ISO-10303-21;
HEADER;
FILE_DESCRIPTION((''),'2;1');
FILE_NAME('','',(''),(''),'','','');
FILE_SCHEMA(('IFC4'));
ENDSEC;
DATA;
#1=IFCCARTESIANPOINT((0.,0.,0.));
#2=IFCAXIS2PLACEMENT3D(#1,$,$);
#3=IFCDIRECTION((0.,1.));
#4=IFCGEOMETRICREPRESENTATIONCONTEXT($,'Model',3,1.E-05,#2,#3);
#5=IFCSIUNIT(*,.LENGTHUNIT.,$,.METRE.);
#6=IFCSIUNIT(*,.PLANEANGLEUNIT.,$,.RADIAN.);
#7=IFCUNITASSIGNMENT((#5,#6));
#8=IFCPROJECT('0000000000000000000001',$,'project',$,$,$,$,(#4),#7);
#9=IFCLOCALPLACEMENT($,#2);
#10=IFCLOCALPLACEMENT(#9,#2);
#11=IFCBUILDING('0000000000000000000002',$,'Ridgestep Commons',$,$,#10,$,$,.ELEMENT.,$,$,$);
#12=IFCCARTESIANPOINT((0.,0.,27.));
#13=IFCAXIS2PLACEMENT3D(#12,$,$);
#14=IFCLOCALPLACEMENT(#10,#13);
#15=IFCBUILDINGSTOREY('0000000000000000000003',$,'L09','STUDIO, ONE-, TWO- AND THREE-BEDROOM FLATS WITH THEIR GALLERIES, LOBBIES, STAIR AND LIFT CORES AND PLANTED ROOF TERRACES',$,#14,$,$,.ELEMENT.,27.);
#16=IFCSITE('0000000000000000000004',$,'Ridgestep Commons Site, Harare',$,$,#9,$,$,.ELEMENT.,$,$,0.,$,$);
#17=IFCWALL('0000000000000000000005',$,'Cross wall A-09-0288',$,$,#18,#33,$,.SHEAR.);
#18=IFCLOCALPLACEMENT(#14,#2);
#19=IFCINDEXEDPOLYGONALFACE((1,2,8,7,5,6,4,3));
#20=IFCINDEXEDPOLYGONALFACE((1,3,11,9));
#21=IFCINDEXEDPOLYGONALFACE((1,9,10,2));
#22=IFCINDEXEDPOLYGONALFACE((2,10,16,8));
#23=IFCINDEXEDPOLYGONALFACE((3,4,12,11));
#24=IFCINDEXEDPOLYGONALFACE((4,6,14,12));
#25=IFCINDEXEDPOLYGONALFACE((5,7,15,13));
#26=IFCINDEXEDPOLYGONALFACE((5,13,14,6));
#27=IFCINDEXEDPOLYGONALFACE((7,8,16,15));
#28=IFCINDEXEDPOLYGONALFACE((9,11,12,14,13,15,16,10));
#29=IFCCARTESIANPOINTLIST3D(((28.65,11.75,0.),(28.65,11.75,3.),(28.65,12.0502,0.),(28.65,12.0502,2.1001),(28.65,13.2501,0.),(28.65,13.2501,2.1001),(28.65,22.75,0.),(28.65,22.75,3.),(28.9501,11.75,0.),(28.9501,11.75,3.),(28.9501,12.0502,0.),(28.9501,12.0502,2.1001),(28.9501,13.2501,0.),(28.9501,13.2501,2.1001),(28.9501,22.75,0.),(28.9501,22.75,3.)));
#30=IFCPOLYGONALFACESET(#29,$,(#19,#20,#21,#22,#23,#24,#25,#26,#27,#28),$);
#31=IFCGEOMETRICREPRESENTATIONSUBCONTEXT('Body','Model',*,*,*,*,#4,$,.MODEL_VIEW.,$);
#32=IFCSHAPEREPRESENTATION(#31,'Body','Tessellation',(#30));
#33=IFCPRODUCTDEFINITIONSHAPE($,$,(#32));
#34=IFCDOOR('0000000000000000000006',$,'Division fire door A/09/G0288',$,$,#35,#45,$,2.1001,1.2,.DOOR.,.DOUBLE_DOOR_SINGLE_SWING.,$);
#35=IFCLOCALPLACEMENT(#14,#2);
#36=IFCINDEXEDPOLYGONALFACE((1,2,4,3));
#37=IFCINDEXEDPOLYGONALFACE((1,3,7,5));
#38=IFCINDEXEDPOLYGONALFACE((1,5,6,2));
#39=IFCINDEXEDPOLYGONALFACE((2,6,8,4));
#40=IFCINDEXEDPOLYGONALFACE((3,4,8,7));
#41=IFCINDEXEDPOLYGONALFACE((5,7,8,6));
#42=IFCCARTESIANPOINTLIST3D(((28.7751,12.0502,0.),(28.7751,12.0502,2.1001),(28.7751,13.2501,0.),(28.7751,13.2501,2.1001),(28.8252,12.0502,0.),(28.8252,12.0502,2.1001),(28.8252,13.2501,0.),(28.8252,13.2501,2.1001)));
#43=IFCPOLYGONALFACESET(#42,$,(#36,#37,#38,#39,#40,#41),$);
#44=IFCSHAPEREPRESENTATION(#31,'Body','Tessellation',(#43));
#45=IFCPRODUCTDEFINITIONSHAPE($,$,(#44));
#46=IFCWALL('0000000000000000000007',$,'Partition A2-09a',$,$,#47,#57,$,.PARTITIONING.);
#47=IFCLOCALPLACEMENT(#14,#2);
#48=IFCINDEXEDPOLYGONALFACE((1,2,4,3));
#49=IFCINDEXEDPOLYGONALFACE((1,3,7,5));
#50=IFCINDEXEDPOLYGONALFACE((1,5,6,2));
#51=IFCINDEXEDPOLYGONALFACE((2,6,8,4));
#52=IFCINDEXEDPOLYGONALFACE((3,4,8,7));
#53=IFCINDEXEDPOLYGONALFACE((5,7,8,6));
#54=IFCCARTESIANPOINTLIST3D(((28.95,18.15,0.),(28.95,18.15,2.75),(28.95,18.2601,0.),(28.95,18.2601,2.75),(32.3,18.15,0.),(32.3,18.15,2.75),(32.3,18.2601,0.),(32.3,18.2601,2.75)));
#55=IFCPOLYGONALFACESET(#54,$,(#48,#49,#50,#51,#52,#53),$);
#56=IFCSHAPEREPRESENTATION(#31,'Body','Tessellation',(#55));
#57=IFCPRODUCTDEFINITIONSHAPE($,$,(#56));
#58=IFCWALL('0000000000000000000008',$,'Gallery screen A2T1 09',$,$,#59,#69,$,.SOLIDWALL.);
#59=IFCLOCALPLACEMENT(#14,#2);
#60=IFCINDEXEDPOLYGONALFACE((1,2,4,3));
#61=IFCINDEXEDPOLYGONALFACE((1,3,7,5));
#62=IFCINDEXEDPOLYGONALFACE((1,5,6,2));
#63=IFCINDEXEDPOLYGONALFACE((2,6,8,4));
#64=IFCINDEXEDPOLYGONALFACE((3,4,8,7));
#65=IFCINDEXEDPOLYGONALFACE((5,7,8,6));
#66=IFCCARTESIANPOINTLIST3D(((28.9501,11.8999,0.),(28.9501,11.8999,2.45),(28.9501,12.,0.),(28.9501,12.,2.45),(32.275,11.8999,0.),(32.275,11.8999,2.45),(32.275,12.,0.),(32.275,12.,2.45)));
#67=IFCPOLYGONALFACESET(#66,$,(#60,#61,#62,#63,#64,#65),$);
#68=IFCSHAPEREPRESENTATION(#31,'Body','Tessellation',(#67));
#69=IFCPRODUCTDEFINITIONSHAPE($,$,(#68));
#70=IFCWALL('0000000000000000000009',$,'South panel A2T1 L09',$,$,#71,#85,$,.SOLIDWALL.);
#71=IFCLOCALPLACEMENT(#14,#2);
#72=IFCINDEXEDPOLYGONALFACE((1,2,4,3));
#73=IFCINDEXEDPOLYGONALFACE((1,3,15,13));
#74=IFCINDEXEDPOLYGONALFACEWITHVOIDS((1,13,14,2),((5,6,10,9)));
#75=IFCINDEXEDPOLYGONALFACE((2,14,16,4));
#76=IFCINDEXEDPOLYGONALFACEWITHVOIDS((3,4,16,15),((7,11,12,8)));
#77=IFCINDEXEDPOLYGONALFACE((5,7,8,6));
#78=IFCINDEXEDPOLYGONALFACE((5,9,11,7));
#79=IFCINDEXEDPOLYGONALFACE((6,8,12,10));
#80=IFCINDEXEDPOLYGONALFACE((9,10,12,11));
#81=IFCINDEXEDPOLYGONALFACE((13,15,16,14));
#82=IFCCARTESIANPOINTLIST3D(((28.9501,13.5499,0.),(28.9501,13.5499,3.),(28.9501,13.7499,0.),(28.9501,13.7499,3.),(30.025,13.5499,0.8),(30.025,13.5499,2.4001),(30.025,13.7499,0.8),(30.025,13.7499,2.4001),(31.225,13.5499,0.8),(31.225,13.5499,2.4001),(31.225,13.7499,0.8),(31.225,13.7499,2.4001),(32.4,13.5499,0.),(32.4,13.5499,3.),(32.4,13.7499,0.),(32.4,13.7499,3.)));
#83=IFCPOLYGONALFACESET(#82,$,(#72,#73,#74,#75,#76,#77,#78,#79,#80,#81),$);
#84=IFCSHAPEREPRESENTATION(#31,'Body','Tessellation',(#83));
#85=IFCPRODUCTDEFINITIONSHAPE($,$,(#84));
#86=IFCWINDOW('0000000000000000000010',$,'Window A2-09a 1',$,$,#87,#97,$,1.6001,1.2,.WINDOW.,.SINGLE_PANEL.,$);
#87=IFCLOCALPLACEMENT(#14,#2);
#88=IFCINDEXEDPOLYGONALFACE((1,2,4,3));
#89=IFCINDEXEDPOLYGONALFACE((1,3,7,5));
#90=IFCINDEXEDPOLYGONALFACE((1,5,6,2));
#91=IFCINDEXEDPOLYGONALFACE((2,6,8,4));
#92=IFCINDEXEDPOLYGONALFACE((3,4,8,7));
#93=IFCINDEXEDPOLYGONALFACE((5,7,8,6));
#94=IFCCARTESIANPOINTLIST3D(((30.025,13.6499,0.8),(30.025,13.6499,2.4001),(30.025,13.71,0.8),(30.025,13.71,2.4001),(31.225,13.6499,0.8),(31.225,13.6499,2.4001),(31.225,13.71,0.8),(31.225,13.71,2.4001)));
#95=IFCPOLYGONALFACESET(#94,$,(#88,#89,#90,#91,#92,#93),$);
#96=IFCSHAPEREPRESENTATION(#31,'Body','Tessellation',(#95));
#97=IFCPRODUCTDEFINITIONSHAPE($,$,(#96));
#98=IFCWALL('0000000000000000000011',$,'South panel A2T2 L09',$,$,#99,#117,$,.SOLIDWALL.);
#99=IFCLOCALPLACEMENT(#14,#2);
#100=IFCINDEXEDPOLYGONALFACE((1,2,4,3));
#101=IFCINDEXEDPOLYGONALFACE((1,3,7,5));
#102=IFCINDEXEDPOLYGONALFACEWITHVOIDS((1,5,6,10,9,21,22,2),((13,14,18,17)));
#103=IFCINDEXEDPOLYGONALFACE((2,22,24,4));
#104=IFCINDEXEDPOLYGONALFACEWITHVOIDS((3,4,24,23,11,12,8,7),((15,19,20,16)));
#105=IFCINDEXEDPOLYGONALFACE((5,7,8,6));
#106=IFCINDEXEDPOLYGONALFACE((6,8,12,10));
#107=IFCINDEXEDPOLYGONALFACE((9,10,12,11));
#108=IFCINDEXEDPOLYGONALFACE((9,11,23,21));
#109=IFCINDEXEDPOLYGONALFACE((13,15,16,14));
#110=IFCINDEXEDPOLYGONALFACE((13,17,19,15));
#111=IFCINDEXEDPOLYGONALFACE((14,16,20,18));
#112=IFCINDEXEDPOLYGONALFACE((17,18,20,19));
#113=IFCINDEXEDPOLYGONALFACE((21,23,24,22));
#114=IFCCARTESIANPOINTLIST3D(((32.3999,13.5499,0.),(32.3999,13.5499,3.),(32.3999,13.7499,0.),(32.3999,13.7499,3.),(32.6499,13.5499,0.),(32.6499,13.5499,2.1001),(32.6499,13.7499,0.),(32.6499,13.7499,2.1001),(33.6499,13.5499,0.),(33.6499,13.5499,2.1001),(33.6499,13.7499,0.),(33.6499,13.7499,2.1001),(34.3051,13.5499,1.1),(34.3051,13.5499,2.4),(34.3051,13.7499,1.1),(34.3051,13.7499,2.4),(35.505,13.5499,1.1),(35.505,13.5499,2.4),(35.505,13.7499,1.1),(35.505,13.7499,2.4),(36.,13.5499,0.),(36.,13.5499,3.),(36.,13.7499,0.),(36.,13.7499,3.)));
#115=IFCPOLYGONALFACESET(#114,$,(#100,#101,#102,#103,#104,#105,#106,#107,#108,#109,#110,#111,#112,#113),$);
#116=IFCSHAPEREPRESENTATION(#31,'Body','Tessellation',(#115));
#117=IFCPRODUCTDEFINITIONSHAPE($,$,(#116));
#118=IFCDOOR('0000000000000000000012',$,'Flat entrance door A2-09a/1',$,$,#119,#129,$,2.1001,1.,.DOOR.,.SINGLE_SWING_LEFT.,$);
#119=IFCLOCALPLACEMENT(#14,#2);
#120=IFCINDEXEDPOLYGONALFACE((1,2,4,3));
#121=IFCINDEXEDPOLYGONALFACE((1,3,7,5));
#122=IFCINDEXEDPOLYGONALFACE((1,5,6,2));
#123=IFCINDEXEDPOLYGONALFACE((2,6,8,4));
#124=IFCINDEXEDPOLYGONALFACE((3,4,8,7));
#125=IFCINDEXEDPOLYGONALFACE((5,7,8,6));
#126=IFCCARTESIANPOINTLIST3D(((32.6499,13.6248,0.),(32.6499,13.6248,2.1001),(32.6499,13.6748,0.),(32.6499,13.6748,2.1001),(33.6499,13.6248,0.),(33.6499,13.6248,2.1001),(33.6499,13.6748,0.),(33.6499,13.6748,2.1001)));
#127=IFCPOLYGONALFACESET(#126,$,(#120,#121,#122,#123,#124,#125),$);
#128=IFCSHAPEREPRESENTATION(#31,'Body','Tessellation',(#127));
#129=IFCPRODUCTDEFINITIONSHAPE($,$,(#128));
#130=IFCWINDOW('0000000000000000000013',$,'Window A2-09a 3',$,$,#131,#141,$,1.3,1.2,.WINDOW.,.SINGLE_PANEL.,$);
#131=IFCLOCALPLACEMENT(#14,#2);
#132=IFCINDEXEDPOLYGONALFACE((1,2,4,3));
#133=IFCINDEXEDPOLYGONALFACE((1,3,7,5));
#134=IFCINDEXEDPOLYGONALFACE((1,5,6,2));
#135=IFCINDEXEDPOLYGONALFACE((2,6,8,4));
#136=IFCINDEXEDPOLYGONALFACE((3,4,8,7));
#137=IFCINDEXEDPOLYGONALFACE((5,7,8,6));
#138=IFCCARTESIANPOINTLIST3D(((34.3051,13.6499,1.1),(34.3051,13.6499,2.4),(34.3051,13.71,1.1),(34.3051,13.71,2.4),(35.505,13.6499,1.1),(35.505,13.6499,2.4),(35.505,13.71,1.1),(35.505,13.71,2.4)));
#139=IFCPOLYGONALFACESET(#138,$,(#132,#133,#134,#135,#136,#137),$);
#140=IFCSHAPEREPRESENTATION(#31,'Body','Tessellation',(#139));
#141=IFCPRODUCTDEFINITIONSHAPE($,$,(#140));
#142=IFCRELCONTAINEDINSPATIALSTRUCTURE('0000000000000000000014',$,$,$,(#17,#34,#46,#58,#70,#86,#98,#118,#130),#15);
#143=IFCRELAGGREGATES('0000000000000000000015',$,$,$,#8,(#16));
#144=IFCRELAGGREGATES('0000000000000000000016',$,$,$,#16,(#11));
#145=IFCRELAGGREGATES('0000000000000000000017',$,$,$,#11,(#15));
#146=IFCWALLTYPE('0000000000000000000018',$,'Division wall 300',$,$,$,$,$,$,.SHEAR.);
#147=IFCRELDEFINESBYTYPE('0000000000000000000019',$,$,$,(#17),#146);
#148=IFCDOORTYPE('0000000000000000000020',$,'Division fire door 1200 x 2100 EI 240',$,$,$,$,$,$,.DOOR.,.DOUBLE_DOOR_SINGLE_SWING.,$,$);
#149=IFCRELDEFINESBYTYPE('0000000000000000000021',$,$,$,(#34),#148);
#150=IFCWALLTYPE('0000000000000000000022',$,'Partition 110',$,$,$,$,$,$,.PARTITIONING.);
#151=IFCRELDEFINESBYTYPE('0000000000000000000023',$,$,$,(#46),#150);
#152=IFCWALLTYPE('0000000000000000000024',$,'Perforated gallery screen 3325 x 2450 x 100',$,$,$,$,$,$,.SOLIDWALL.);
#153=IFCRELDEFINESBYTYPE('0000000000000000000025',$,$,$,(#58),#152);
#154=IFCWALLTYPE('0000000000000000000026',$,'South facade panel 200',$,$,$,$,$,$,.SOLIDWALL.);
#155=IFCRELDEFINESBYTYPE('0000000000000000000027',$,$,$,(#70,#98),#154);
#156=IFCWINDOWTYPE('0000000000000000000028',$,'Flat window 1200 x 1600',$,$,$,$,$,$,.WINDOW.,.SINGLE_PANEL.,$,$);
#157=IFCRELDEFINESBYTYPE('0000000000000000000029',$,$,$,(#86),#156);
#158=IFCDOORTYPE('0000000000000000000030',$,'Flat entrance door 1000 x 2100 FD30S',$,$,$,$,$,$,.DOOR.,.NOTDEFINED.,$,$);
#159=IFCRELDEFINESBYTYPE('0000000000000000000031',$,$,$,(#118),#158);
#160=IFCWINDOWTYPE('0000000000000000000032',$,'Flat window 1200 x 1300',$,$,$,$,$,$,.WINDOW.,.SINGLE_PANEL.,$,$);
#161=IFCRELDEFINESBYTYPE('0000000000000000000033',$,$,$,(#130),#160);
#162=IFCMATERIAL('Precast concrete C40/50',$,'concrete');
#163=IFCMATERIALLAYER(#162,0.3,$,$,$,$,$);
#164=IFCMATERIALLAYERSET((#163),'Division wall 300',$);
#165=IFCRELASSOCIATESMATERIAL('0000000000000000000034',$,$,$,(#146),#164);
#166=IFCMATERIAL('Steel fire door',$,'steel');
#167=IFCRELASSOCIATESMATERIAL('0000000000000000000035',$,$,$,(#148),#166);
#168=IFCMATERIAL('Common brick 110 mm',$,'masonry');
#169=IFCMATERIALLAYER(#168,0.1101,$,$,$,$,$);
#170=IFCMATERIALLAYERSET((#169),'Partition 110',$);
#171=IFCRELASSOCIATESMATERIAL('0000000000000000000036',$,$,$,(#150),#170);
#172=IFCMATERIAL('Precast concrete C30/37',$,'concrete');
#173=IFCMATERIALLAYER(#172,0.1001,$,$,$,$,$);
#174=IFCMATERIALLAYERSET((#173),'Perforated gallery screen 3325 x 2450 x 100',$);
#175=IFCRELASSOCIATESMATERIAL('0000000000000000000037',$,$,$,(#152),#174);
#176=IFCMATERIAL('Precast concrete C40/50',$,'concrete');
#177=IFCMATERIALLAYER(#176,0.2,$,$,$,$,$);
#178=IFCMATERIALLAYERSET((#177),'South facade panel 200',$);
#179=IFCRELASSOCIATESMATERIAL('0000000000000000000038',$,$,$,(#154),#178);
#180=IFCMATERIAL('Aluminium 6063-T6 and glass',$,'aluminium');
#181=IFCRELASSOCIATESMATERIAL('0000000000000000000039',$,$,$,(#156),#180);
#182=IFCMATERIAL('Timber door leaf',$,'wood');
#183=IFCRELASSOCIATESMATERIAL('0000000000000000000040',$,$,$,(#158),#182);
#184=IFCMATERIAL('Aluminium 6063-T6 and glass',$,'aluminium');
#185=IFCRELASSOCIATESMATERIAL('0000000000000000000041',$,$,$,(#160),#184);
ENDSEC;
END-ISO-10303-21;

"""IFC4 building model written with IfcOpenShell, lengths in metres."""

from ifc_helpers import new_model, si_unit, direction, frame, frame_2d, origin, place, context, subcontext, project, spatial, rectangle, extrude, material, layer, layer_set, type_object, element, fill, save


model = new_model("IFC4")

# Units and contexts
model_context = context("Model", 3, precision=1e-05, world=origin(), true_north=direction((0.0, 1.0)))
body_context = subcontext(model_context, "Body", "Model", "MODEL_VIEW")
ifc_project = project(units=[si_unit("LENGTHUNIT", "METRE"), si_unit("PLANEANGLEUNIT", "RADIAN")], contexts=[model_context])

# Site, building, storey
site_placement = place(None, origin())
site = spatial("IfcSite", under=ifc_project, at=site_placement, Name="Ridgestep Commons Site, Harare", CompositionType="ELEMENT", RefElevation=0.0)
building_placement = place(site_placement, origin())
building = spatial("IfcBuilding", under=site, at=building_placement, Name="Ridgestep Commons", CompositionType="ELEMENT")
storey_placement = place(building_placement, frame((0.0, 0.0, 27.0)))
storey = spatial("IfcBuildingStorey", under=building, at=storey_placement, Name="L09", Description="STUDIO, ONE-, TWO- AND THREE-BEDROOM FLATS WITH THEIR GALLERIES, LOBBIES, STAIR AND LIFT CORES AND PLANTED ROOF TERRACES", CompositionType="ELEMENT", Elevation=27.0)

# Wall, opening, door
ifc_material_1 = material(Name="Precast concrete C40/50", Category="concrete")
ifc_layer_1 = layer(ifc_material_1, 0.3)
ifc_layer_set_1 = layer_set([ifc_layer_1], Name="Division wall 300")
wall_type_1 = type_object("IfcWallType", Name="Division wall 300", PredefinedType="SHEAR", material=ifc_layer_set_1)
wall_1_placement = place(storey_placement, frame((28.8, 11.75, 0.0), z_axis=(0.0, 0.0, 1.0), x_axis=(0.0, 1.0, 0.0)))
wall_1 = element("IfcWall", 1, at=wall_1_placement, inside=storey, type_object=wall_type_1, Name="Cross wall A-09-0288", PredefinedType="SHEAR", context=body_context, shape_type="SweptSolid", body=[
    extrude(rectangle(XDim=11.0, YDim=0.3, at=frame_2d((5.5, 0.0))), origin(), (0.0, 0.0, 1.0), 3.0),
])
opening_1_placement = place(wall_1_placement, frame((0.3, 0.0, 0.0)))
opening_1 = element("IfcOpeningElement", 2, at=opening_1_placement, cuts=wall_1, PredefinedType="OPENING", context=body_context, shape_type="SweptSolid", body=[
    extrude(rectangle(XDim=1.2, YDim=2.1001, at=frame_2d((0.6001, 1.05))), frame((0.0, 0.1599, 0.0), z_axis=(0.0, -1.0, 0.0), x_axis=(1.0, 0.0, 0.0)), (0.0, 0.0, 1.0), 0.3201),
])
ifc_material_2 = material(Name="Steel fire door", Category="steel")
door_type_1 = type_object("IfcDoorType", Name="Division fire door 1200 x 2100 EI 240", OperationType="DOUBLE_DOOR_SINGLE_SWING", PredefinedType="DOOR", material=ifc_material_2)
door_1_placement = place(opening_1_placement, origin())
door_1 = element("IfcDoor", 3, at=door_1_placement, inside=storey, type_object=door_type_1, Name="Division fire door A/09/G0288", OperationType="DOUBLE_DOOR_SINGLE_SWING", OverallHeight=2.1001, OverallWidth=1.2, PredefinedType="DOOR", context=body_context, shape_type="SweptSolid", body=[
    extrude(rectangle(XDim=1.2, YDim=2.1001, at=frame_2d((0.6001, 1.05))), frame((0.0, 0.0249, 0.0), z_axis=(0.0, -1.0, 0.0), x_axis=(1.0, 0.0, 0.0)), (0.0, 0.0, 1.0), 0.05),
])
fill(opening_1, door_1)

# Walls
ifc_material_3 = material(Name="Common brick 110 mm", Category="masonry")
ifc_layer_2 = layer(ifc_material_3, 0.1101)
ifc_layer_set_2 = layer_set([ifc_layer_2], Name="Partition 110")
wall_type_2 = type_object("IfcWallType", Name="Partition 110", PredefinedType="PARTITIONING", material=ifc_layer_set_2)
wall_2_placement = place(storey_placement, frame((28.95, 18.2051, 0.0), z_axis=(0.0, 0.0, 1.0), x_axis=(1.0, 0.0, 0.0)))
element("IfcWall", 4, at=wall_2_placement, inside=storey, type_object=wall_type_2, Name="Partition A2-09a", PredefinedType="PARTITIONING", context=body_context, shape_type="SweptSolid", body=[
    extrude(rectangle(XDim=3.3501, YDim=0.1101, at=frame_2d((1.675, 0.0))), origin(), (0.0, 0.0, 1.0), 2.75),
])
ifc_material_4 = material(Name="Precast concrete C30/37", Category="concrete")
ifc_layer_3 = layer(ifc_material_4, 0.1001)
ifc_layer_set_3 = layer_set([ifc_layer_3], Name="Perforated gallery screen 3325 x 2450 x 100")
wall_type_3 = type_object("IfcWallType", Name="Perforated gallery screen 3325 x 2450 x 100", PredefinedType="SOLIDWALL", material=ifc_layer_set_3)
wall_3_placement = place(storey_placement, frame((28.95, 11.95, 0.0), z_axis=(0.0, 0.0, 1.0), x_axis=(1.0, 0.0, 0.0)))
element("IfcWall", 5, at=wall_3_placement, inside=storey, type_object=wall_type_3, Name="Gallery screen A2T1 09", PredefinedType="SOLIDWALL", context=body_context, shape_type="SweptSolid", body=[
    extrude(rectangle(XDim=3.325, YDim=0.1001, at=frame_2d((1.6626, 0.0))), origin(), (0.0, 0.0, 1.0), 2.45),
])

# Wall, opening, window
ifc_material_5 = material(Name="Precast concrete C40/50", Category="concrete")
ifc_layer_4 = layer(ifc_material_5, 0.2)
ifc_layer_set_4 = layer_set([ifc_layer_4], Name="South facade panel 200")
wall_type_4 = type_object("IfcWallType", Name="South facade panel 200", PredefinedType="SOLIDWALL", material=ifc_layer_set_4)
wall_4_placement = place(storey_placement, frame((28.95, 13.6499, 0.0), z_axis=(0.0, 0.0, 1.0), x_axis=(1.0, 0.0, 0.0)))
wall_4 = element("IfcWall", 6, at=wall_4_placement, inside=storey, type_object=wall_type_4, Name="South panel A2T1 L09", PredefinedType="SOLIDWALL", context=body_context, shape_type="SweptSolid", body=[
    extrude(rectangle(XDim=3.45, YDim=0.2, at=frame_2d((1.7251, 0.0))), origin(), (0.0, 0.0, 1.0), 3.0),
])
opening_2_placement = place(wall_4_placement, frame((1.075, 0.0, 0.8)))
opening_2 = element("IfcOpeningElement", 7, at=opening_2_placement, cuts=wall_4, PredefinedType="OPENING", context=body_context, shape_type="SweptSolid", body=[
    extrude(rectangle(XDim=1.2, YDim=1.6001, at=frame_2d((0.6001, 0.8))), frame((0.0, 0.1099, 0.0), z_axis=(0.0, -1.0, 0.0), x_axis=(1.0, 0.0, 0.0)), (0.0, 0.0, 1.0), 0.22),
])
ifc_material_6 = material(Name="Aluminium 6063-T6 and glass", Category="aluminium")
window_type_1 = type_object("IfcWindowType", Name="Flat window 1200 x 1600", PartitioningType="SINGLE_PANEL", PredefinedType="WINDOW", material=ifc_material_6)
window_1_placement = place(opening_2_placement, origin())
window_1 = element("IfcWindow", 8, at=window_1_placement, inside=storey, type_object=window_type_1, Name="Window A2-09a 1", OverallHeight=1.6001, OverallWidth=1.2, PartitioningType="SINGLE_PANEL", PredefinedType="WINDOW", context=body_context, shape_type="SweptSolid", body=[
    extrude(rectangle(XDim=1.2, YDim=1.6001, at=frame_2d((0.6001, 0.8))), frame((0.0, 0.0601, 0.0), z_axis=(0.0, -1.0, 0.0), x_axis=(1.0, 0.0, 0.0)), (0.0, 0.0, 1.0), 0.0601),
])
fill(opening_2, window_1)

# Wall, openings, door, window
wall_5_placement = place(storey_placement, frame((32.3999, 13.6499, 0.0), z_axis=(0.0, 0.0, 1.0), x_axis=(1.0, 0.0, 0.0)))
wall_5 = element("IfcWall", 9, at=wall_5_placement, inside=storey, type_object=wall_type_4, Name="South panel A2T2 L09", PredefinedType="SOLIDWALL", context=body_context, shape_type="SweptSolid", body=[
    extrude(rectangle(XDim=3.6001, YDim=0.2, at=frame_2d((1.8, 0.0))), origin(), (0.0, 0.0, 1.0), 3.0),
])
opening_3_placement = place(wall_5_placement, frame((1.905, 0.0, 1.1001)))
opening_3 = element("IfcOpeningElement", 10, at=opening_3_placement, cuts=wall_5, PredefinedType="OPENING", context=body_context, shape_type="SweptSolid", body=[
    extrude(rectangle(XDim=1.2, YDim=1.3, at=frame_2d((0.6001, 0.6499))), frame((0.0, 0.1099, 0.0), z_axis=(0.0, -1.0, 0.0), x_axis=(1.0, 0.0, 0.0)), (0.0, 0.0, 1.0), 0.22),
])
opening_4_placement = place(wall_5_placement, frame((0.25, 0.0, 0.0)))
opening_4 = element("IfcOpeningElement", 11, at=opening_4_placement, cuts=wall_5, PredefinedType="OPENING", context=body_context, shape_type="SweptSolid", body=[
    extrude(rectangle(XDim=1.0, YDim=2.1001, at=frame_2d((0.5, 1.05))), frame((0.0, 0.1099, 0.0), z_axis=(0.0, -1.0, 0.0), x_axis=(1.0, 0.0, 0.0)), (0.0, 0.0, 1.0), 0.22),
])
ifc_material_7 = material(Name="Timber door leaf", Category="wood")
door_type_2 = type_object("IfcDoorType", Name="Flat entrance door 1000 x 2100 FD30S", OperationType="NOTDEFINED", PredefinedType="DOOR", material=ifc_material_7)
door_2_placement = place(opening_4_placement, origin())
door_2 = element("IfcDoor", 12, at=door_2_placement, inside=storey, type_object=door_type_2, Name="Flat entrance door A2-09a/1", OperationType="SINGLE_SWING_LEFT", OverallHeight=2.1001, OverallWidth=1.0, PredefinedType="DOOR", context=body_context, shape_type="SweptSolid", body=[
    extrude(rectangle(XDim=1.0, YDim=2.1001, at=frame_2d((0.5, 1.05))), frame((0.0, 0.0249, 0.0), z_axis=(0.0, -1.0, 0.0), x_axis=(1.0, 0.0, 0.0)), (0.0, 0.0, 1.0), 0.05),
])
fill(opening_4, door_2)
ifc_material_8 = material(Name="Aluminium 6063-T6 and glass", Category="aluminium")
window_type_2 = type_object("IfcWindowType", Name="Flat window 1200 x 1300", PartitioningType="SINGLE_PANEL", PredefinedType="WINDOW", material=ifc_material_8)
window_2_placement = place(opening_3_placement, origin())
window_2 = element("IfcWindow", 13, at=window_2_placement, inside=storey, type_object=window_type_2, Name="Window A2-09a 3", OverallHeight=1.3, OverallWidth=1.2, PartitioningType="SINGLE_PANEL", PredefinedType="WINDOW", context=body_context, shape_type="SweptSolid", body=[
    extrude(rectangle(XDim=1.2, YDim=1.3, at=frame_2d((0.6001, 0.6499))), frame((0.0, 0.0601, 0.0), z_axis=(0.0, -1.0, 0.0), x_axis=(1.0, 0.0, 0.0)), (0.0, 0.0, 1.0), 0.0601),
])
fill(opening_3, window_2)

save(model, "model.ifc")
